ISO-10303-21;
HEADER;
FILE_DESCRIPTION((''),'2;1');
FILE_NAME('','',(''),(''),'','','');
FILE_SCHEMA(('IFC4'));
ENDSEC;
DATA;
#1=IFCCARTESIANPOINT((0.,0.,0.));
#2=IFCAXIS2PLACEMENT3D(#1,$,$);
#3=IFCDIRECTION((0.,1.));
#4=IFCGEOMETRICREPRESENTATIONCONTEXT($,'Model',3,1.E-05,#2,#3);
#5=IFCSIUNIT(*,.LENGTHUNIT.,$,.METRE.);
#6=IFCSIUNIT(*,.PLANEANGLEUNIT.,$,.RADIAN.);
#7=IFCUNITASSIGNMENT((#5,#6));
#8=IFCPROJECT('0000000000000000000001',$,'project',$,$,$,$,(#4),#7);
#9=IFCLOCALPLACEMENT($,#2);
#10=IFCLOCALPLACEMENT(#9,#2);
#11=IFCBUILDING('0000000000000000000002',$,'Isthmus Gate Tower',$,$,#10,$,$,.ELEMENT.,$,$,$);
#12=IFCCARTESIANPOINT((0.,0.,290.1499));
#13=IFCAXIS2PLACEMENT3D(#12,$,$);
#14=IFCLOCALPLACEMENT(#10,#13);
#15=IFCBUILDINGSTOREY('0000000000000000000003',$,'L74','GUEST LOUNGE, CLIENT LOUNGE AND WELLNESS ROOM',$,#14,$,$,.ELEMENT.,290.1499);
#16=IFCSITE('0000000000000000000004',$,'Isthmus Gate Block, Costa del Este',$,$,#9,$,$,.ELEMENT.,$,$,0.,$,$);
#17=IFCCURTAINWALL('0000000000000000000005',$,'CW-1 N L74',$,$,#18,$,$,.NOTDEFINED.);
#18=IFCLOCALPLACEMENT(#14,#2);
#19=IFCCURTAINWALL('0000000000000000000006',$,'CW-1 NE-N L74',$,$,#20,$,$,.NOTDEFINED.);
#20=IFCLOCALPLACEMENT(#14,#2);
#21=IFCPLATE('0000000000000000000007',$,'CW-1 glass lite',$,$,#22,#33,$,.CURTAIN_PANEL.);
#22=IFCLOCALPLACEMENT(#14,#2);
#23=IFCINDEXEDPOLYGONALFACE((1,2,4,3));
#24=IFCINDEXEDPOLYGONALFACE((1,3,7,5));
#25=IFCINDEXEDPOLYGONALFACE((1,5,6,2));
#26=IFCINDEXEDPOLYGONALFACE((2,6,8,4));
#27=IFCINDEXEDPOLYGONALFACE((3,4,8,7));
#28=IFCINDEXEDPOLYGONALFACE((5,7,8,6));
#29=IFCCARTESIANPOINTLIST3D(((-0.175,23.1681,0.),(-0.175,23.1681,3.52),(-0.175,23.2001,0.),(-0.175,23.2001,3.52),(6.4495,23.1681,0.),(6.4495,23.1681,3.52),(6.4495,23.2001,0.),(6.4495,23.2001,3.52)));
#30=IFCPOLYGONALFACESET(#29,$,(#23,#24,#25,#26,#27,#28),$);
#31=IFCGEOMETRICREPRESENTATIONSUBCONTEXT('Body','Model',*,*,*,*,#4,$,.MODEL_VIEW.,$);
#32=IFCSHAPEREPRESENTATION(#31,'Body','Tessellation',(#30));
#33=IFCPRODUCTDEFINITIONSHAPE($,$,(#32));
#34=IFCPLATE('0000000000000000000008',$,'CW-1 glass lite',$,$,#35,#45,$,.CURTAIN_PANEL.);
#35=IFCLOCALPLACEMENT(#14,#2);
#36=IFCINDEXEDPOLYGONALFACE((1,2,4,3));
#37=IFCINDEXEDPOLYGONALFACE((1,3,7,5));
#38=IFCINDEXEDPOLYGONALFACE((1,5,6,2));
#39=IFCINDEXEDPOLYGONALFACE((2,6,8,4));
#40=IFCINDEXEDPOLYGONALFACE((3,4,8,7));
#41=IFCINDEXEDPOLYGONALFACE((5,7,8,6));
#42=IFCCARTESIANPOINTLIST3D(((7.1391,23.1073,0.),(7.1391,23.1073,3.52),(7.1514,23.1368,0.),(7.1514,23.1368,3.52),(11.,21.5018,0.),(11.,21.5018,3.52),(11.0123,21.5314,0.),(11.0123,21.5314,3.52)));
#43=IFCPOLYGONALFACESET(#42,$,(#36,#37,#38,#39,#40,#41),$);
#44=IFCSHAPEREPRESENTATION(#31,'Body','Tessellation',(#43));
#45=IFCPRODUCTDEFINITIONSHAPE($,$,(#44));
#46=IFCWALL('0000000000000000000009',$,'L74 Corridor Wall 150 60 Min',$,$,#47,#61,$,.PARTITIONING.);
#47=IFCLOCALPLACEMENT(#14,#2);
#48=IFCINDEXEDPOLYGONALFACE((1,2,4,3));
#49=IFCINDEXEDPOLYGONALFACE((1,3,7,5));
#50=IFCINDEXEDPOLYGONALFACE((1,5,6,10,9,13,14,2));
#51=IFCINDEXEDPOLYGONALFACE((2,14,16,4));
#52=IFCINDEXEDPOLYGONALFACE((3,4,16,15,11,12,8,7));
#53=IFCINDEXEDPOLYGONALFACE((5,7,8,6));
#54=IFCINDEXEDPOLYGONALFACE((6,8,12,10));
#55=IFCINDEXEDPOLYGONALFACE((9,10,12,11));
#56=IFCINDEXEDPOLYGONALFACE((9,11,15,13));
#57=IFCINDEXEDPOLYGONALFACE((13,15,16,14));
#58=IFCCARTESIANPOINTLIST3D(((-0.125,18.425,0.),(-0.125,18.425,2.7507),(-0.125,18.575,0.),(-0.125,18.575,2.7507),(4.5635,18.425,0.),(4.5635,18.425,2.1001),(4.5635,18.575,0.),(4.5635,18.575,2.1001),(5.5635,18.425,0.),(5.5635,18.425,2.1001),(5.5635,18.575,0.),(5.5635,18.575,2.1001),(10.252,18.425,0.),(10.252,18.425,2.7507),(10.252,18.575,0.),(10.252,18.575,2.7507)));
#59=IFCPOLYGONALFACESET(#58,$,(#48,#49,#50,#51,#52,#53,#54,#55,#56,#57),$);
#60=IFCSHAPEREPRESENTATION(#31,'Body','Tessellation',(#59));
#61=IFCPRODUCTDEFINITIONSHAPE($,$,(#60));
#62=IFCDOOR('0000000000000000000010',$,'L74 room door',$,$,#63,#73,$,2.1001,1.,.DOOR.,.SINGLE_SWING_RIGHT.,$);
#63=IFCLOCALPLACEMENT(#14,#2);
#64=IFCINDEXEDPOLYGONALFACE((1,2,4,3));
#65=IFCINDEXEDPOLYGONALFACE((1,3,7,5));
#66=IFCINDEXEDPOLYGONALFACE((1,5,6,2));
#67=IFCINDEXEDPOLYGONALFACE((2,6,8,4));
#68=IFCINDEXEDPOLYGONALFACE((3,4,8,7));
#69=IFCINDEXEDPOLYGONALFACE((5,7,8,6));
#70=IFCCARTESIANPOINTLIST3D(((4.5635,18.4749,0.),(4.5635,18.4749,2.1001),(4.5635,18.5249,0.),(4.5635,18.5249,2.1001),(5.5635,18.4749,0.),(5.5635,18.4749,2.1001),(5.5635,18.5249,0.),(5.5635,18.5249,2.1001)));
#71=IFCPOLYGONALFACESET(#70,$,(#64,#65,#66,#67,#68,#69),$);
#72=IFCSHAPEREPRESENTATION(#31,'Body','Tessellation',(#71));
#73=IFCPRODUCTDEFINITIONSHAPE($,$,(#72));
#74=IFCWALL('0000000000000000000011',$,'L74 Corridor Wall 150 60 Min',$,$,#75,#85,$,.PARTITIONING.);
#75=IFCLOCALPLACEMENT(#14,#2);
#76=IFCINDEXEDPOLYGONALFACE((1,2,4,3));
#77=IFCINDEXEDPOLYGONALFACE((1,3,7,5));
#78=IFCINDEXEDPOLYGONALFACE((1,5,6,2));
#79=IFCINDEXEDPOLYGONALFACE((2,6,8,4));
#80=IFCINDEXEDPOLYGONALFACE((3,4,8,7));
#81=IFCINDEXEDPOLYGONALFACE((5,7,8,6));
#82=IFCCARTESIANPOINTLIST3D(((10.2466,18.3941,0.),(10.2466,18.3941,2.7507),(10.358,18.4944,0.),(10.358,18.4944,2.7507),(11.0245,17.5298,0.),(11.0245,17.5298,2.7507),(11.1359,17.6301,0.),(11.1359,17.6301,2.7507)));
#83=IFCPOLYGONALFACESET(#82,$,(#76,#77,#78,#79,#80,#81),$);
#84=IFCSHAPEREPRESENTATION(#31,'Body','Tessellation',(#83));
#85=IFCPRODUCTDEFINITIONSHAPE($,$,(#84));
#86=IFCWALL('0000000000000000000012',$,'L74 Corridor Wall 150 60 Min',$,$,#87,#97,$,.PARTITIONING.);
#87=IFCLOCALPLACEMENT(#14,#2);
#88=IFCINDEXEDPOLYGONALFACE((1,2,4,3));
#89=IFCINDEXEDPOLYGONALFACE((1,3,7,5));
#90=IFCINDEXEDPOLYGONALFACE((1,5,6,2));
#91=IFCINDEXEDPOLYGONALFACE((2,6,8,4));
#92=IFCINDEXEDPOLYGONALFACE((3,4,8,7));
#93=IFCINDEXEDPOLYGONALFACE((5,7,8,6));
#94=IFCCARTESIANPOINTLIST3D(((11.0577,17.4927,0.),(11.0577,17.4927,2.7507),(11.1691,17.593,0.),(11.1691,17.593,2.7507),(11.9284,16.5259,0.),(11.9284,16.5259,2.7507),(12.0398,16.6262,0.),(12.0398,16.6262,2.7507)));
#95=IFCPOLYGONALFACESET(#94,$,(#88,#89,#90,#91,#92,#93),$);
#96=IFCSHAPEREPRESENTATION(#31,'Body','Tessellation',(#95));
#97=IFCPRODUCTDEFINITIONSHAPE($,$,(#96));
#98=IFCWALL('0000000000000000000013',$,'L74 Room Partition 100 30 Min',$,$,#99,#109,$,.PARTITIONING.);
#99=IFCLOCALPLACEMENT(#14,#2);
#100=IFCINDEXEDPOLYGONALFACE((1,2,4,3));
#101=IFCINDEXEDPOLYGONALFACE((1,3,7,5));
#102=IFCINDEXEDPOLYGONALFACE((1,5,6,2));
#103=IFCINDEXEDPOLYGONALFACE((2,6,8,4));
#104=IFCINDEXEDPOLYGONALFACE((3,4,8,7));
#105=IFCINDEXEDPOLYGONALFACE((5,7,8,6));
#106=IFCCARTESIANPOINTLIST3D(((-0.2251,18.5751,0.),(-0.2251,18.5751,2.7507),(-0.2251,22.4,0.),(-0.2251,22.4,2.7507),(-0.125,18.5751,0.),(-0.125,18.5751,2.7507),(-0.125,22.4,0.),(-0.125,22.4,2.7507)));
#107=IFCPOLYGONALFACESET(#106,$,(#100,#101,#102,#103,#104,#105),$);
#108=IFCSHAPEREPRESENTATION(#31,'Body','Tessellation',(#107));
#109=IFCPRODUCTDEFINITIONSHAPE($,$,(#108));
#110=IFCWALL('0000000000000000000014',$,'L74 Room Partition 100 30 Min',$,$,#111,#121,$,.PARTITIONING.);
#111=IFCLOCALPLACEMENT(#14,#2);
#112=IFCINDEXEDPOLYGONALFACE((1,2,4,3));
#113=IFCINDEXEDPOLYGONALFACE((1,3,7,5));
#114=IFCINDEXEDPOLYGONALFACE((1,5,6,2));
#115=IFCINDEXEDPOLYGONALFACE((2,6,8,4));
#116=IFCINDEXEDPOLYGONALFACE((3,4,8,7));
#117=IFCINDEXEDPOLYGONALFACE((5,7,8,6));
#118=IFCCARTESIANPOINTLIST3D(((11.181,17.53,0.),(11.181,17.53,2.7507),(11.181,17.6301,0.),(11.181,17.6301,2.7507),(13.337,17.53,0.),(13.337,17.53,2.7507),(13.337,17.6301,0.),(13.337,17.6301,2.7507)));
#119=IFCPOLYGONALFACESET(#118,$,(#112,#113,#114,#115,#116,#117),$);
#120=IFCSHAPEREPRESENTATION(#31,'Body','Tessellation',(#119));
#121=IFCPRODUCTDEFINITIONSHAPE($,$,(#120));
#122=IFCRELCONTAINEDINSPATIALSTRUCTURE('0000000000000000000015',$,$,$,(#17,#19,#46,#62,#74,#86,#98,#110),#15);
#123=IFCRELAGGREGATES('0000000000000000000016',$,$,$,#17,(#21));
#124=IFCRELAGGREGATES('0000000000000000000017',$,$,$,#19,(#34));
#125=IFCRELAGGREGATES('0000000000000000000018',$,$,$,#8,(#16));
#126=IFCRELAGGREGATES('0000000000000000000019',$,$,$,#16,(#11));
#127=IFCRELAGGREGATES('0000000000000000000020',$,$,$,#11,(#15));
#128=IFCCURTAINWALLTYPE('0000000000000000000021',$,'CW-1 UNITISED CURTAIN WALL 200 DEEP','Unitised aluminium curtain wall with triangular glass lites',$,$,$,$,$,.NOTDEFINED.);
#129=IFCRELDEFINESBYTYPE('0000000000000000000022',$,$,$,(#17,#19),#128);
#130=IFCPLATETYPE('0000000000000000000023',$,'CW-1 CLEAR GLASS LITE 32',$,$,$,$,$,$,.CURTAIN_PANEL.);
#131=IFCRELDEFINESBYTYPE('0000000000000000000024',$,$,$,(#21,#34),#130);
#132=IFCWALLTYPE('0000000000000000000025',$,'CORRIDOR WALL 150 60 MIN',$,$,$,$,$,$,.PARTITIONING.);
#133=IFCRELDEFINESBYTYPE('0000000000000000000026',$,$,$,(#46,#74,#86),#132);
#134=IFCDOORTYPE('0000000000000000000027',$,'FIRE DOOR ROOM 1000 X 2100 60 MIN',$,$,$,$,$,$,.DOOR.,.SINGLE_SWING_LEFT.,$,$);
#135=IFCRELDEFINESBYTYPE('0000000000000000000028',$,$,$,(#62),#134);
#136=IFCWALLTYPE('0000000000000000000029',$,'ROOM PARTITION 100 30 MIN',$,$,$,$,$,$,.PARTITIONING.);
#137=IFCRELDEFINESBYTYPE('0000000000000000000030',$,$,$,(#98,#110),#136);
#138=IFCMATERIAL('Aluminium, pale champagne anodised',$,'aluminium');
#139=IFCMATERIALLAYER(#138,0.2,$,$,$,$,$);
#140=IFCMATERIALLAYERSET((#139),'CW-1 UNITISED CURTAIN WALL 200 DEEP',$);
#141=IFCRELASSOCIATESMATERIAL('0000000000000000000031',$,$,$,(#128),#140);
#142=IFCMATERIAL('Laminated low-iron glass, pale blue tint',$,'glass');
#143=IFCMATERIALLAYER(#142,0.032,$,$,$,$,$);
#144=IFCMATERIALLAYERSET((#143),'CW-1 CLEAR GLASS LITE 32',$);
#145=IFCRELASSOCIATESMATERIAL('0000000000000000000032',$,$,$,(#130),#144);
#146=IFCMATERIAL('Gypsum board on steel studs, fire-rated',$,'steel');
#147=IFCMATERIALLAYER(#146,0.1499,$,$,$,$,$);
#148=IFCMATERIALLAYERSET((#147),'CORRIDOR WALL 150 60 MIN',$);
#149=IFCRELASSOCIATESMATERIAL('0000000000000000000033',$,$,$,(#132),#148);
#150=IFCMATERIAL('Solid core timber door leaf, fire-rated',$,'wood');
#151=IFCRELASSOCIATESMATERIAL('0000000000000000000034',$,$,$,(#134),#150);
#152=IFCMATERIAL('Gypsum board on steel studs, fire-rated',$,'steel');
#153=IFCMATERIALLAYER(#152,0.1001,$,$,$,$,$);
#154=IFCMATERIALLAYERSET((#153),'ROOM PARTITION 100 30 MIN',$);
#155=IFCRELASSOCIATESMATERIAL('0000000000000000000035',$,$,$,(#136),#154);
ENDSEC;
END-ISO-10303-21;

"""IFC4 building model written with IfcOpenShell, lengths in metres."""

from ifc_helpers import new_model, si_unit, direction, frame, frame_2d, origin, origin_2d, place, context, subcontext, project, spatial, rectangle, extrude, material, layer, layer_set, type_object, element, fill, aggregate, save


model = new_model("IFC4")

# Units and contexts
model_context = context("Model", 3, precision=1e-05, world=origin(), true_north=direction((0.0, 1.0)))
body_context = subcontext(model_context, "Body", "Model", "MODEL_VIEW")
ifc_project = project(units=[si_unit("LENGTHUNIT", "METRE"), si_unit("PLANEANGLEUNIT", "RADIAN")], contexts=[model_context])

# Site, building, storey
site_placement = place(None, origin())
site = spatial("IfcSite", under=ifc_project, at=site_placement, Name="Isthmus Gate Block, Costa del Este", CompositionType="ELEMENT", RefElevation=0.0)
building_placement = place(site_placement, origin())
building = spatial("IfcBuilding", under=site, at=building_placement, Name="Isthmus Gate Tower", CompositionType="ELEMENT")
storey_placement = place(building_placement, frame((0.0, 0.0, 290.1499)))
storey = spatial("IfcBuildingStorey", under=building, at=storey_placement, Name="L74", Description="GUEST LOUNGE, CLIENT LOUNGE AND WELLNESS ROOM", CompositionType="ELEMENT", Elevation=290.1499)

# Curtain walls
ifc_material_1 = material(Name="Aluminium, pale champagne anodised", Category="aluminium")
ifc_layer_1 = layer(ifc_material_1, 0.2)
ifc_layer_set_1 = layer_set([ifc_layer_1], Name="CW-1 UNITISED CURTAIN WALL 200 DEEP")
curtain_wall_type = type_object("IfcCurtainWallType", Name="CW-1 UNITISED CURTAIN WALL 200 DEEP", Description="Unitised aluminium curtain wall with triangular glass lites", PredefinedType="NOTDEFINED", material=ifc_layer_set_1)
curtain_wall_1_placement = place(storey_placement, origin())
curtain_wall_1 = element("IfcCurtainWall", 1, at=curtain_wall_1_placement, inside=storey, type_object=curtain_wall_type, Name="CW-1 N L74", PredefinedType="NOTDEFINED")
curtain_wall_2_placement = place(storey_placement, origin())
curtain_wall_2 = element("IfcCurtainWall", 2, at=curtain_wall_2_placement, inside=storey, type_object=curtain_wall_type, Name="CW-1 NE-N L74", PredefinedType="NOTDEFINED")

# Plates
ifc_material_2 = material(Name="Laminated low-iron glass, pale blue tint", Category="glass")
ifc_layer_2 = layer(ifc_material_2, 0.032)
ifc_layer_set_2 = layer_set([ifc_layer_2], Name="CW-1 CLEAR GLASS LITE 32")
plate_type = type_object("IfcPlateType", Name="CW-1 CLEAR GLASS LITE 32", PredefinedType="CURTAIN_PANEL", material=ifc_layer_set_2)
plate_1_placement = place(storey_placement, frame((3.1372, 23.1841, 0.0), z_axis=(0.0, 0.0, 1.0), x_axis=(-1.0, 0.0, 0.0)))
plate_1 = element("IfcPlate", 3, at=plate_1_placement, type_object=plate_type, Name="CW-1 glass lite", PredefinedType="CURTAIN_PANEL", context=body_context, shape_type="SweptSolid", body=[
    extrude(rectangle(XDim=6.6245, YDim=0.032, at=origin_2d()), origin(), (0.0, 0.0, 1.0), 3.52),
])
aggregate(curtain_wall_1, [plate_1])
plate_2_placement = place(storey_placement, frame((9.0757, 22.3193, 0.0), z_axis=(0.0, 0.0, 1.0), x_axis=(-0.923353, 0.383952, 0.0)))
plate_2 = element("IfcPlate", 4, at=plate_2_placement, type_object=plate_type, Name="CW-1 glass lite", PredefinedType="CURTAIN_PANEL", context=body_context, shape_type="SweptSolid", body=[
    extrude(rectangle(XDim=4.1814, YDim=0.032, at=origin_2d()), origin(), (0.0, 0.0, 1.0), 3.52),
])
aggregate(curtain_wall_2, [plate_2])

# Wall, opening, door
ifc_material_3 = material(Name="Gypsum board on steel studs, fire-rated", Category="steel")
ifc_layer_3 = layer(ifc_material_3, 0.1499)
ifc_layer_set_3 = layer_set([ifc_layer_3], Name="CORRIDOR WALL 150 60 MIN")
wall_type_1 = type_object("IfcWallType", Name="CORRIDOR WALL 150 60 MIN", PredefinedType="PARTITIONING", material=ifc_layer_set_3)
wall_1_placement = place(storey_placement, frame((-0.125, 18.5, 0.0), z_axis=(0.0, 0.0, 1.0), x_axis=(1.0, 0.0, 0.0)))
wall_1 = element("IfcWall", 5, at=wall_1_placement, inside=storey, type_object=wall_type_1, Name="L74 Corridor Wall 150 60 Min", PredefinedType="PARTITIONING", context=body_context, shape_type="SweptSolid", body=[
    extrude(rectangle(XDim=10.377, YDim=0.1499, at=frame_2d((5.1885, 0.0))), origin(), (0.0, 0.0, 1.0), 2.7507),
])
opening_placement = place(wall_1_placement, frame((4.6885, 0.0, 0.0)))
opening = element("IfcOpeningElement", 6, at=opening_placement, cuts=wall_1, PredefinedType="OPENING", context=body_context, shape_type="SweptSolid", body=[
    extrude(rectangle(XDim=1.0, YDim=2.1001, at=frame_2d((0.5, 1.05))), frame((0.0, 0.085, 0.0), z_axis=(0.0, -1.0, 0.0), x_axis=(1.0, 0.0, 0.0)), (0.0, 0.0, 1.0), 0.1699),
])
ifc_material_4 = material(Name="Solid core timber door leaf, fire-rated", Category="wood")
door_type = type_object("IfcDoorType", Name="FIRE DOOR ROOM 1000 X 2100 60 MIN", OperationType="SINGLE_SWING_LEFT", PredefinedType="DOOR", material=ifc_material_4)
door_placement = place(opening_placement, origin())
door = element("IfcDoor", 7, at=door_placement, inside=storey, type_object=door_type, Name="L74 room door", OperationType="SINGLE_SWING_RIGHT", OverallHeight=2.1001, OverallWidth=1.0, PredefinedType="DOOR", context=body_context, shape_type="SweptSolid", body=[
    extrude(rectangle(XDim=1.0, YDim=2.1001, at=frame_2d((0.5, 1.05))), frame((0.0, 0.0249, 0.0), z_axis=(0.0, -1.0, 0.0), x_axis=(1.0, 0.0, 0.0)), (0.0, 0.0, 1.0), 0.05),
])
fill(opening, door)

# Walls
wall_2_placement = place(storey_placement, frame((10.3022, 18.4443, 0.0), z_axis=(0.0, 0.0, 1.0), x_axis=(0.668965, -0.743294, 0.0)))
element("IfcWall", 8, at=wall_2_placement, inside=storey, type_object=wall_type_1, Name="L74 Corridor Wall 150 60 Min", PredefinedType="PARTITIONING", context=body_context, shape_type="SweptSolid", body=[
    extrude(rectangle(XDim=1.1628, YDim=0.1499, at=frame_2d((0.5815, 0.0))), origin(), (0.0, 0.0, 1.0), 2.7507),
])
wall_3_placement = place(storey_placement, frame((11.1135, 17.5427, 0.0), z_axis=(0.0, 0.0, 1.0), x_axis=(0.669172, -0.743108, 0.0)))
element("IfcWall", 9, at=wall_3_placement, inside=storey, type_object=wall_type_1, Name="L74 Corridor Wall 150 60 Min", PredefinedType="PARTITIONING", context=body_context, shape_type="SweptSolid", body=[
    extrude(rectangle(XDim=1.301, YDim=0.1499, at=frame_2d((0.6504, 0.0))), origin(), (0.0, 0.0, 1.0), 2.7507),
])
ifc_material_5 = material(Name="Gypsum board on steel studs, fire-rated", Category="steel")
ifc_layer_4 = layer(ifc_material_5, 0.1001)
ifc_layer_set_4 = layer_set([ifc_layer_4], Name="ROOM PARTITION 100 30 MIN")
wall_type_2 = type_object("IfcWallType", Name="ROOM PARTITION 100 30 MIN", PredefinedType="PARTITIONING", material=ifc_layer_set_4)
wall_4_placement = place(storey_placement, frame((-0.175, 18.575, 0.0), z_axis=(0.0, 0.0, 1.0), x_axis=(0.0, 1.0, 0.0)))
element("IfcWall", 10, at=wall_4_placement, inside=storey, type_object=wall_type_2, Name="L74 Room Partition 100 30 Min", PredefinedType="PARTITIONING", context=body_context, shape_type="SweptSolid", body=[
    extrude(rectangle(XDim=3.825, YDim=0.1001, at=frame_2d((1.9126, 0.0))), origin(), (0.0, 0.0, 1.0), 2.7507),
])
wall_5_placement = place(storey_placement, frame((11.1809, 17.5801, 0.0), z_axis=(0.0, 0.0, 1.0), x_axis=(1.0, 0.0, 0.0)))
element("IfcWall", 11, at=wall_5_placement, inside=storey, type_object=wall_type_2, Name="L74 Room Partition 100 30 Min", PredefinedType="PARTITIONING", context=body_context, shape_type="SweptSolid", body=[
    extrude(rectangle(XDim=2.156, YDim=0.1001, at=frame_2d((1.0781, 0.0))), origin(), (0.0, 0.0, 1.0), 2.7507),
])

save(model, "model.ifc")
